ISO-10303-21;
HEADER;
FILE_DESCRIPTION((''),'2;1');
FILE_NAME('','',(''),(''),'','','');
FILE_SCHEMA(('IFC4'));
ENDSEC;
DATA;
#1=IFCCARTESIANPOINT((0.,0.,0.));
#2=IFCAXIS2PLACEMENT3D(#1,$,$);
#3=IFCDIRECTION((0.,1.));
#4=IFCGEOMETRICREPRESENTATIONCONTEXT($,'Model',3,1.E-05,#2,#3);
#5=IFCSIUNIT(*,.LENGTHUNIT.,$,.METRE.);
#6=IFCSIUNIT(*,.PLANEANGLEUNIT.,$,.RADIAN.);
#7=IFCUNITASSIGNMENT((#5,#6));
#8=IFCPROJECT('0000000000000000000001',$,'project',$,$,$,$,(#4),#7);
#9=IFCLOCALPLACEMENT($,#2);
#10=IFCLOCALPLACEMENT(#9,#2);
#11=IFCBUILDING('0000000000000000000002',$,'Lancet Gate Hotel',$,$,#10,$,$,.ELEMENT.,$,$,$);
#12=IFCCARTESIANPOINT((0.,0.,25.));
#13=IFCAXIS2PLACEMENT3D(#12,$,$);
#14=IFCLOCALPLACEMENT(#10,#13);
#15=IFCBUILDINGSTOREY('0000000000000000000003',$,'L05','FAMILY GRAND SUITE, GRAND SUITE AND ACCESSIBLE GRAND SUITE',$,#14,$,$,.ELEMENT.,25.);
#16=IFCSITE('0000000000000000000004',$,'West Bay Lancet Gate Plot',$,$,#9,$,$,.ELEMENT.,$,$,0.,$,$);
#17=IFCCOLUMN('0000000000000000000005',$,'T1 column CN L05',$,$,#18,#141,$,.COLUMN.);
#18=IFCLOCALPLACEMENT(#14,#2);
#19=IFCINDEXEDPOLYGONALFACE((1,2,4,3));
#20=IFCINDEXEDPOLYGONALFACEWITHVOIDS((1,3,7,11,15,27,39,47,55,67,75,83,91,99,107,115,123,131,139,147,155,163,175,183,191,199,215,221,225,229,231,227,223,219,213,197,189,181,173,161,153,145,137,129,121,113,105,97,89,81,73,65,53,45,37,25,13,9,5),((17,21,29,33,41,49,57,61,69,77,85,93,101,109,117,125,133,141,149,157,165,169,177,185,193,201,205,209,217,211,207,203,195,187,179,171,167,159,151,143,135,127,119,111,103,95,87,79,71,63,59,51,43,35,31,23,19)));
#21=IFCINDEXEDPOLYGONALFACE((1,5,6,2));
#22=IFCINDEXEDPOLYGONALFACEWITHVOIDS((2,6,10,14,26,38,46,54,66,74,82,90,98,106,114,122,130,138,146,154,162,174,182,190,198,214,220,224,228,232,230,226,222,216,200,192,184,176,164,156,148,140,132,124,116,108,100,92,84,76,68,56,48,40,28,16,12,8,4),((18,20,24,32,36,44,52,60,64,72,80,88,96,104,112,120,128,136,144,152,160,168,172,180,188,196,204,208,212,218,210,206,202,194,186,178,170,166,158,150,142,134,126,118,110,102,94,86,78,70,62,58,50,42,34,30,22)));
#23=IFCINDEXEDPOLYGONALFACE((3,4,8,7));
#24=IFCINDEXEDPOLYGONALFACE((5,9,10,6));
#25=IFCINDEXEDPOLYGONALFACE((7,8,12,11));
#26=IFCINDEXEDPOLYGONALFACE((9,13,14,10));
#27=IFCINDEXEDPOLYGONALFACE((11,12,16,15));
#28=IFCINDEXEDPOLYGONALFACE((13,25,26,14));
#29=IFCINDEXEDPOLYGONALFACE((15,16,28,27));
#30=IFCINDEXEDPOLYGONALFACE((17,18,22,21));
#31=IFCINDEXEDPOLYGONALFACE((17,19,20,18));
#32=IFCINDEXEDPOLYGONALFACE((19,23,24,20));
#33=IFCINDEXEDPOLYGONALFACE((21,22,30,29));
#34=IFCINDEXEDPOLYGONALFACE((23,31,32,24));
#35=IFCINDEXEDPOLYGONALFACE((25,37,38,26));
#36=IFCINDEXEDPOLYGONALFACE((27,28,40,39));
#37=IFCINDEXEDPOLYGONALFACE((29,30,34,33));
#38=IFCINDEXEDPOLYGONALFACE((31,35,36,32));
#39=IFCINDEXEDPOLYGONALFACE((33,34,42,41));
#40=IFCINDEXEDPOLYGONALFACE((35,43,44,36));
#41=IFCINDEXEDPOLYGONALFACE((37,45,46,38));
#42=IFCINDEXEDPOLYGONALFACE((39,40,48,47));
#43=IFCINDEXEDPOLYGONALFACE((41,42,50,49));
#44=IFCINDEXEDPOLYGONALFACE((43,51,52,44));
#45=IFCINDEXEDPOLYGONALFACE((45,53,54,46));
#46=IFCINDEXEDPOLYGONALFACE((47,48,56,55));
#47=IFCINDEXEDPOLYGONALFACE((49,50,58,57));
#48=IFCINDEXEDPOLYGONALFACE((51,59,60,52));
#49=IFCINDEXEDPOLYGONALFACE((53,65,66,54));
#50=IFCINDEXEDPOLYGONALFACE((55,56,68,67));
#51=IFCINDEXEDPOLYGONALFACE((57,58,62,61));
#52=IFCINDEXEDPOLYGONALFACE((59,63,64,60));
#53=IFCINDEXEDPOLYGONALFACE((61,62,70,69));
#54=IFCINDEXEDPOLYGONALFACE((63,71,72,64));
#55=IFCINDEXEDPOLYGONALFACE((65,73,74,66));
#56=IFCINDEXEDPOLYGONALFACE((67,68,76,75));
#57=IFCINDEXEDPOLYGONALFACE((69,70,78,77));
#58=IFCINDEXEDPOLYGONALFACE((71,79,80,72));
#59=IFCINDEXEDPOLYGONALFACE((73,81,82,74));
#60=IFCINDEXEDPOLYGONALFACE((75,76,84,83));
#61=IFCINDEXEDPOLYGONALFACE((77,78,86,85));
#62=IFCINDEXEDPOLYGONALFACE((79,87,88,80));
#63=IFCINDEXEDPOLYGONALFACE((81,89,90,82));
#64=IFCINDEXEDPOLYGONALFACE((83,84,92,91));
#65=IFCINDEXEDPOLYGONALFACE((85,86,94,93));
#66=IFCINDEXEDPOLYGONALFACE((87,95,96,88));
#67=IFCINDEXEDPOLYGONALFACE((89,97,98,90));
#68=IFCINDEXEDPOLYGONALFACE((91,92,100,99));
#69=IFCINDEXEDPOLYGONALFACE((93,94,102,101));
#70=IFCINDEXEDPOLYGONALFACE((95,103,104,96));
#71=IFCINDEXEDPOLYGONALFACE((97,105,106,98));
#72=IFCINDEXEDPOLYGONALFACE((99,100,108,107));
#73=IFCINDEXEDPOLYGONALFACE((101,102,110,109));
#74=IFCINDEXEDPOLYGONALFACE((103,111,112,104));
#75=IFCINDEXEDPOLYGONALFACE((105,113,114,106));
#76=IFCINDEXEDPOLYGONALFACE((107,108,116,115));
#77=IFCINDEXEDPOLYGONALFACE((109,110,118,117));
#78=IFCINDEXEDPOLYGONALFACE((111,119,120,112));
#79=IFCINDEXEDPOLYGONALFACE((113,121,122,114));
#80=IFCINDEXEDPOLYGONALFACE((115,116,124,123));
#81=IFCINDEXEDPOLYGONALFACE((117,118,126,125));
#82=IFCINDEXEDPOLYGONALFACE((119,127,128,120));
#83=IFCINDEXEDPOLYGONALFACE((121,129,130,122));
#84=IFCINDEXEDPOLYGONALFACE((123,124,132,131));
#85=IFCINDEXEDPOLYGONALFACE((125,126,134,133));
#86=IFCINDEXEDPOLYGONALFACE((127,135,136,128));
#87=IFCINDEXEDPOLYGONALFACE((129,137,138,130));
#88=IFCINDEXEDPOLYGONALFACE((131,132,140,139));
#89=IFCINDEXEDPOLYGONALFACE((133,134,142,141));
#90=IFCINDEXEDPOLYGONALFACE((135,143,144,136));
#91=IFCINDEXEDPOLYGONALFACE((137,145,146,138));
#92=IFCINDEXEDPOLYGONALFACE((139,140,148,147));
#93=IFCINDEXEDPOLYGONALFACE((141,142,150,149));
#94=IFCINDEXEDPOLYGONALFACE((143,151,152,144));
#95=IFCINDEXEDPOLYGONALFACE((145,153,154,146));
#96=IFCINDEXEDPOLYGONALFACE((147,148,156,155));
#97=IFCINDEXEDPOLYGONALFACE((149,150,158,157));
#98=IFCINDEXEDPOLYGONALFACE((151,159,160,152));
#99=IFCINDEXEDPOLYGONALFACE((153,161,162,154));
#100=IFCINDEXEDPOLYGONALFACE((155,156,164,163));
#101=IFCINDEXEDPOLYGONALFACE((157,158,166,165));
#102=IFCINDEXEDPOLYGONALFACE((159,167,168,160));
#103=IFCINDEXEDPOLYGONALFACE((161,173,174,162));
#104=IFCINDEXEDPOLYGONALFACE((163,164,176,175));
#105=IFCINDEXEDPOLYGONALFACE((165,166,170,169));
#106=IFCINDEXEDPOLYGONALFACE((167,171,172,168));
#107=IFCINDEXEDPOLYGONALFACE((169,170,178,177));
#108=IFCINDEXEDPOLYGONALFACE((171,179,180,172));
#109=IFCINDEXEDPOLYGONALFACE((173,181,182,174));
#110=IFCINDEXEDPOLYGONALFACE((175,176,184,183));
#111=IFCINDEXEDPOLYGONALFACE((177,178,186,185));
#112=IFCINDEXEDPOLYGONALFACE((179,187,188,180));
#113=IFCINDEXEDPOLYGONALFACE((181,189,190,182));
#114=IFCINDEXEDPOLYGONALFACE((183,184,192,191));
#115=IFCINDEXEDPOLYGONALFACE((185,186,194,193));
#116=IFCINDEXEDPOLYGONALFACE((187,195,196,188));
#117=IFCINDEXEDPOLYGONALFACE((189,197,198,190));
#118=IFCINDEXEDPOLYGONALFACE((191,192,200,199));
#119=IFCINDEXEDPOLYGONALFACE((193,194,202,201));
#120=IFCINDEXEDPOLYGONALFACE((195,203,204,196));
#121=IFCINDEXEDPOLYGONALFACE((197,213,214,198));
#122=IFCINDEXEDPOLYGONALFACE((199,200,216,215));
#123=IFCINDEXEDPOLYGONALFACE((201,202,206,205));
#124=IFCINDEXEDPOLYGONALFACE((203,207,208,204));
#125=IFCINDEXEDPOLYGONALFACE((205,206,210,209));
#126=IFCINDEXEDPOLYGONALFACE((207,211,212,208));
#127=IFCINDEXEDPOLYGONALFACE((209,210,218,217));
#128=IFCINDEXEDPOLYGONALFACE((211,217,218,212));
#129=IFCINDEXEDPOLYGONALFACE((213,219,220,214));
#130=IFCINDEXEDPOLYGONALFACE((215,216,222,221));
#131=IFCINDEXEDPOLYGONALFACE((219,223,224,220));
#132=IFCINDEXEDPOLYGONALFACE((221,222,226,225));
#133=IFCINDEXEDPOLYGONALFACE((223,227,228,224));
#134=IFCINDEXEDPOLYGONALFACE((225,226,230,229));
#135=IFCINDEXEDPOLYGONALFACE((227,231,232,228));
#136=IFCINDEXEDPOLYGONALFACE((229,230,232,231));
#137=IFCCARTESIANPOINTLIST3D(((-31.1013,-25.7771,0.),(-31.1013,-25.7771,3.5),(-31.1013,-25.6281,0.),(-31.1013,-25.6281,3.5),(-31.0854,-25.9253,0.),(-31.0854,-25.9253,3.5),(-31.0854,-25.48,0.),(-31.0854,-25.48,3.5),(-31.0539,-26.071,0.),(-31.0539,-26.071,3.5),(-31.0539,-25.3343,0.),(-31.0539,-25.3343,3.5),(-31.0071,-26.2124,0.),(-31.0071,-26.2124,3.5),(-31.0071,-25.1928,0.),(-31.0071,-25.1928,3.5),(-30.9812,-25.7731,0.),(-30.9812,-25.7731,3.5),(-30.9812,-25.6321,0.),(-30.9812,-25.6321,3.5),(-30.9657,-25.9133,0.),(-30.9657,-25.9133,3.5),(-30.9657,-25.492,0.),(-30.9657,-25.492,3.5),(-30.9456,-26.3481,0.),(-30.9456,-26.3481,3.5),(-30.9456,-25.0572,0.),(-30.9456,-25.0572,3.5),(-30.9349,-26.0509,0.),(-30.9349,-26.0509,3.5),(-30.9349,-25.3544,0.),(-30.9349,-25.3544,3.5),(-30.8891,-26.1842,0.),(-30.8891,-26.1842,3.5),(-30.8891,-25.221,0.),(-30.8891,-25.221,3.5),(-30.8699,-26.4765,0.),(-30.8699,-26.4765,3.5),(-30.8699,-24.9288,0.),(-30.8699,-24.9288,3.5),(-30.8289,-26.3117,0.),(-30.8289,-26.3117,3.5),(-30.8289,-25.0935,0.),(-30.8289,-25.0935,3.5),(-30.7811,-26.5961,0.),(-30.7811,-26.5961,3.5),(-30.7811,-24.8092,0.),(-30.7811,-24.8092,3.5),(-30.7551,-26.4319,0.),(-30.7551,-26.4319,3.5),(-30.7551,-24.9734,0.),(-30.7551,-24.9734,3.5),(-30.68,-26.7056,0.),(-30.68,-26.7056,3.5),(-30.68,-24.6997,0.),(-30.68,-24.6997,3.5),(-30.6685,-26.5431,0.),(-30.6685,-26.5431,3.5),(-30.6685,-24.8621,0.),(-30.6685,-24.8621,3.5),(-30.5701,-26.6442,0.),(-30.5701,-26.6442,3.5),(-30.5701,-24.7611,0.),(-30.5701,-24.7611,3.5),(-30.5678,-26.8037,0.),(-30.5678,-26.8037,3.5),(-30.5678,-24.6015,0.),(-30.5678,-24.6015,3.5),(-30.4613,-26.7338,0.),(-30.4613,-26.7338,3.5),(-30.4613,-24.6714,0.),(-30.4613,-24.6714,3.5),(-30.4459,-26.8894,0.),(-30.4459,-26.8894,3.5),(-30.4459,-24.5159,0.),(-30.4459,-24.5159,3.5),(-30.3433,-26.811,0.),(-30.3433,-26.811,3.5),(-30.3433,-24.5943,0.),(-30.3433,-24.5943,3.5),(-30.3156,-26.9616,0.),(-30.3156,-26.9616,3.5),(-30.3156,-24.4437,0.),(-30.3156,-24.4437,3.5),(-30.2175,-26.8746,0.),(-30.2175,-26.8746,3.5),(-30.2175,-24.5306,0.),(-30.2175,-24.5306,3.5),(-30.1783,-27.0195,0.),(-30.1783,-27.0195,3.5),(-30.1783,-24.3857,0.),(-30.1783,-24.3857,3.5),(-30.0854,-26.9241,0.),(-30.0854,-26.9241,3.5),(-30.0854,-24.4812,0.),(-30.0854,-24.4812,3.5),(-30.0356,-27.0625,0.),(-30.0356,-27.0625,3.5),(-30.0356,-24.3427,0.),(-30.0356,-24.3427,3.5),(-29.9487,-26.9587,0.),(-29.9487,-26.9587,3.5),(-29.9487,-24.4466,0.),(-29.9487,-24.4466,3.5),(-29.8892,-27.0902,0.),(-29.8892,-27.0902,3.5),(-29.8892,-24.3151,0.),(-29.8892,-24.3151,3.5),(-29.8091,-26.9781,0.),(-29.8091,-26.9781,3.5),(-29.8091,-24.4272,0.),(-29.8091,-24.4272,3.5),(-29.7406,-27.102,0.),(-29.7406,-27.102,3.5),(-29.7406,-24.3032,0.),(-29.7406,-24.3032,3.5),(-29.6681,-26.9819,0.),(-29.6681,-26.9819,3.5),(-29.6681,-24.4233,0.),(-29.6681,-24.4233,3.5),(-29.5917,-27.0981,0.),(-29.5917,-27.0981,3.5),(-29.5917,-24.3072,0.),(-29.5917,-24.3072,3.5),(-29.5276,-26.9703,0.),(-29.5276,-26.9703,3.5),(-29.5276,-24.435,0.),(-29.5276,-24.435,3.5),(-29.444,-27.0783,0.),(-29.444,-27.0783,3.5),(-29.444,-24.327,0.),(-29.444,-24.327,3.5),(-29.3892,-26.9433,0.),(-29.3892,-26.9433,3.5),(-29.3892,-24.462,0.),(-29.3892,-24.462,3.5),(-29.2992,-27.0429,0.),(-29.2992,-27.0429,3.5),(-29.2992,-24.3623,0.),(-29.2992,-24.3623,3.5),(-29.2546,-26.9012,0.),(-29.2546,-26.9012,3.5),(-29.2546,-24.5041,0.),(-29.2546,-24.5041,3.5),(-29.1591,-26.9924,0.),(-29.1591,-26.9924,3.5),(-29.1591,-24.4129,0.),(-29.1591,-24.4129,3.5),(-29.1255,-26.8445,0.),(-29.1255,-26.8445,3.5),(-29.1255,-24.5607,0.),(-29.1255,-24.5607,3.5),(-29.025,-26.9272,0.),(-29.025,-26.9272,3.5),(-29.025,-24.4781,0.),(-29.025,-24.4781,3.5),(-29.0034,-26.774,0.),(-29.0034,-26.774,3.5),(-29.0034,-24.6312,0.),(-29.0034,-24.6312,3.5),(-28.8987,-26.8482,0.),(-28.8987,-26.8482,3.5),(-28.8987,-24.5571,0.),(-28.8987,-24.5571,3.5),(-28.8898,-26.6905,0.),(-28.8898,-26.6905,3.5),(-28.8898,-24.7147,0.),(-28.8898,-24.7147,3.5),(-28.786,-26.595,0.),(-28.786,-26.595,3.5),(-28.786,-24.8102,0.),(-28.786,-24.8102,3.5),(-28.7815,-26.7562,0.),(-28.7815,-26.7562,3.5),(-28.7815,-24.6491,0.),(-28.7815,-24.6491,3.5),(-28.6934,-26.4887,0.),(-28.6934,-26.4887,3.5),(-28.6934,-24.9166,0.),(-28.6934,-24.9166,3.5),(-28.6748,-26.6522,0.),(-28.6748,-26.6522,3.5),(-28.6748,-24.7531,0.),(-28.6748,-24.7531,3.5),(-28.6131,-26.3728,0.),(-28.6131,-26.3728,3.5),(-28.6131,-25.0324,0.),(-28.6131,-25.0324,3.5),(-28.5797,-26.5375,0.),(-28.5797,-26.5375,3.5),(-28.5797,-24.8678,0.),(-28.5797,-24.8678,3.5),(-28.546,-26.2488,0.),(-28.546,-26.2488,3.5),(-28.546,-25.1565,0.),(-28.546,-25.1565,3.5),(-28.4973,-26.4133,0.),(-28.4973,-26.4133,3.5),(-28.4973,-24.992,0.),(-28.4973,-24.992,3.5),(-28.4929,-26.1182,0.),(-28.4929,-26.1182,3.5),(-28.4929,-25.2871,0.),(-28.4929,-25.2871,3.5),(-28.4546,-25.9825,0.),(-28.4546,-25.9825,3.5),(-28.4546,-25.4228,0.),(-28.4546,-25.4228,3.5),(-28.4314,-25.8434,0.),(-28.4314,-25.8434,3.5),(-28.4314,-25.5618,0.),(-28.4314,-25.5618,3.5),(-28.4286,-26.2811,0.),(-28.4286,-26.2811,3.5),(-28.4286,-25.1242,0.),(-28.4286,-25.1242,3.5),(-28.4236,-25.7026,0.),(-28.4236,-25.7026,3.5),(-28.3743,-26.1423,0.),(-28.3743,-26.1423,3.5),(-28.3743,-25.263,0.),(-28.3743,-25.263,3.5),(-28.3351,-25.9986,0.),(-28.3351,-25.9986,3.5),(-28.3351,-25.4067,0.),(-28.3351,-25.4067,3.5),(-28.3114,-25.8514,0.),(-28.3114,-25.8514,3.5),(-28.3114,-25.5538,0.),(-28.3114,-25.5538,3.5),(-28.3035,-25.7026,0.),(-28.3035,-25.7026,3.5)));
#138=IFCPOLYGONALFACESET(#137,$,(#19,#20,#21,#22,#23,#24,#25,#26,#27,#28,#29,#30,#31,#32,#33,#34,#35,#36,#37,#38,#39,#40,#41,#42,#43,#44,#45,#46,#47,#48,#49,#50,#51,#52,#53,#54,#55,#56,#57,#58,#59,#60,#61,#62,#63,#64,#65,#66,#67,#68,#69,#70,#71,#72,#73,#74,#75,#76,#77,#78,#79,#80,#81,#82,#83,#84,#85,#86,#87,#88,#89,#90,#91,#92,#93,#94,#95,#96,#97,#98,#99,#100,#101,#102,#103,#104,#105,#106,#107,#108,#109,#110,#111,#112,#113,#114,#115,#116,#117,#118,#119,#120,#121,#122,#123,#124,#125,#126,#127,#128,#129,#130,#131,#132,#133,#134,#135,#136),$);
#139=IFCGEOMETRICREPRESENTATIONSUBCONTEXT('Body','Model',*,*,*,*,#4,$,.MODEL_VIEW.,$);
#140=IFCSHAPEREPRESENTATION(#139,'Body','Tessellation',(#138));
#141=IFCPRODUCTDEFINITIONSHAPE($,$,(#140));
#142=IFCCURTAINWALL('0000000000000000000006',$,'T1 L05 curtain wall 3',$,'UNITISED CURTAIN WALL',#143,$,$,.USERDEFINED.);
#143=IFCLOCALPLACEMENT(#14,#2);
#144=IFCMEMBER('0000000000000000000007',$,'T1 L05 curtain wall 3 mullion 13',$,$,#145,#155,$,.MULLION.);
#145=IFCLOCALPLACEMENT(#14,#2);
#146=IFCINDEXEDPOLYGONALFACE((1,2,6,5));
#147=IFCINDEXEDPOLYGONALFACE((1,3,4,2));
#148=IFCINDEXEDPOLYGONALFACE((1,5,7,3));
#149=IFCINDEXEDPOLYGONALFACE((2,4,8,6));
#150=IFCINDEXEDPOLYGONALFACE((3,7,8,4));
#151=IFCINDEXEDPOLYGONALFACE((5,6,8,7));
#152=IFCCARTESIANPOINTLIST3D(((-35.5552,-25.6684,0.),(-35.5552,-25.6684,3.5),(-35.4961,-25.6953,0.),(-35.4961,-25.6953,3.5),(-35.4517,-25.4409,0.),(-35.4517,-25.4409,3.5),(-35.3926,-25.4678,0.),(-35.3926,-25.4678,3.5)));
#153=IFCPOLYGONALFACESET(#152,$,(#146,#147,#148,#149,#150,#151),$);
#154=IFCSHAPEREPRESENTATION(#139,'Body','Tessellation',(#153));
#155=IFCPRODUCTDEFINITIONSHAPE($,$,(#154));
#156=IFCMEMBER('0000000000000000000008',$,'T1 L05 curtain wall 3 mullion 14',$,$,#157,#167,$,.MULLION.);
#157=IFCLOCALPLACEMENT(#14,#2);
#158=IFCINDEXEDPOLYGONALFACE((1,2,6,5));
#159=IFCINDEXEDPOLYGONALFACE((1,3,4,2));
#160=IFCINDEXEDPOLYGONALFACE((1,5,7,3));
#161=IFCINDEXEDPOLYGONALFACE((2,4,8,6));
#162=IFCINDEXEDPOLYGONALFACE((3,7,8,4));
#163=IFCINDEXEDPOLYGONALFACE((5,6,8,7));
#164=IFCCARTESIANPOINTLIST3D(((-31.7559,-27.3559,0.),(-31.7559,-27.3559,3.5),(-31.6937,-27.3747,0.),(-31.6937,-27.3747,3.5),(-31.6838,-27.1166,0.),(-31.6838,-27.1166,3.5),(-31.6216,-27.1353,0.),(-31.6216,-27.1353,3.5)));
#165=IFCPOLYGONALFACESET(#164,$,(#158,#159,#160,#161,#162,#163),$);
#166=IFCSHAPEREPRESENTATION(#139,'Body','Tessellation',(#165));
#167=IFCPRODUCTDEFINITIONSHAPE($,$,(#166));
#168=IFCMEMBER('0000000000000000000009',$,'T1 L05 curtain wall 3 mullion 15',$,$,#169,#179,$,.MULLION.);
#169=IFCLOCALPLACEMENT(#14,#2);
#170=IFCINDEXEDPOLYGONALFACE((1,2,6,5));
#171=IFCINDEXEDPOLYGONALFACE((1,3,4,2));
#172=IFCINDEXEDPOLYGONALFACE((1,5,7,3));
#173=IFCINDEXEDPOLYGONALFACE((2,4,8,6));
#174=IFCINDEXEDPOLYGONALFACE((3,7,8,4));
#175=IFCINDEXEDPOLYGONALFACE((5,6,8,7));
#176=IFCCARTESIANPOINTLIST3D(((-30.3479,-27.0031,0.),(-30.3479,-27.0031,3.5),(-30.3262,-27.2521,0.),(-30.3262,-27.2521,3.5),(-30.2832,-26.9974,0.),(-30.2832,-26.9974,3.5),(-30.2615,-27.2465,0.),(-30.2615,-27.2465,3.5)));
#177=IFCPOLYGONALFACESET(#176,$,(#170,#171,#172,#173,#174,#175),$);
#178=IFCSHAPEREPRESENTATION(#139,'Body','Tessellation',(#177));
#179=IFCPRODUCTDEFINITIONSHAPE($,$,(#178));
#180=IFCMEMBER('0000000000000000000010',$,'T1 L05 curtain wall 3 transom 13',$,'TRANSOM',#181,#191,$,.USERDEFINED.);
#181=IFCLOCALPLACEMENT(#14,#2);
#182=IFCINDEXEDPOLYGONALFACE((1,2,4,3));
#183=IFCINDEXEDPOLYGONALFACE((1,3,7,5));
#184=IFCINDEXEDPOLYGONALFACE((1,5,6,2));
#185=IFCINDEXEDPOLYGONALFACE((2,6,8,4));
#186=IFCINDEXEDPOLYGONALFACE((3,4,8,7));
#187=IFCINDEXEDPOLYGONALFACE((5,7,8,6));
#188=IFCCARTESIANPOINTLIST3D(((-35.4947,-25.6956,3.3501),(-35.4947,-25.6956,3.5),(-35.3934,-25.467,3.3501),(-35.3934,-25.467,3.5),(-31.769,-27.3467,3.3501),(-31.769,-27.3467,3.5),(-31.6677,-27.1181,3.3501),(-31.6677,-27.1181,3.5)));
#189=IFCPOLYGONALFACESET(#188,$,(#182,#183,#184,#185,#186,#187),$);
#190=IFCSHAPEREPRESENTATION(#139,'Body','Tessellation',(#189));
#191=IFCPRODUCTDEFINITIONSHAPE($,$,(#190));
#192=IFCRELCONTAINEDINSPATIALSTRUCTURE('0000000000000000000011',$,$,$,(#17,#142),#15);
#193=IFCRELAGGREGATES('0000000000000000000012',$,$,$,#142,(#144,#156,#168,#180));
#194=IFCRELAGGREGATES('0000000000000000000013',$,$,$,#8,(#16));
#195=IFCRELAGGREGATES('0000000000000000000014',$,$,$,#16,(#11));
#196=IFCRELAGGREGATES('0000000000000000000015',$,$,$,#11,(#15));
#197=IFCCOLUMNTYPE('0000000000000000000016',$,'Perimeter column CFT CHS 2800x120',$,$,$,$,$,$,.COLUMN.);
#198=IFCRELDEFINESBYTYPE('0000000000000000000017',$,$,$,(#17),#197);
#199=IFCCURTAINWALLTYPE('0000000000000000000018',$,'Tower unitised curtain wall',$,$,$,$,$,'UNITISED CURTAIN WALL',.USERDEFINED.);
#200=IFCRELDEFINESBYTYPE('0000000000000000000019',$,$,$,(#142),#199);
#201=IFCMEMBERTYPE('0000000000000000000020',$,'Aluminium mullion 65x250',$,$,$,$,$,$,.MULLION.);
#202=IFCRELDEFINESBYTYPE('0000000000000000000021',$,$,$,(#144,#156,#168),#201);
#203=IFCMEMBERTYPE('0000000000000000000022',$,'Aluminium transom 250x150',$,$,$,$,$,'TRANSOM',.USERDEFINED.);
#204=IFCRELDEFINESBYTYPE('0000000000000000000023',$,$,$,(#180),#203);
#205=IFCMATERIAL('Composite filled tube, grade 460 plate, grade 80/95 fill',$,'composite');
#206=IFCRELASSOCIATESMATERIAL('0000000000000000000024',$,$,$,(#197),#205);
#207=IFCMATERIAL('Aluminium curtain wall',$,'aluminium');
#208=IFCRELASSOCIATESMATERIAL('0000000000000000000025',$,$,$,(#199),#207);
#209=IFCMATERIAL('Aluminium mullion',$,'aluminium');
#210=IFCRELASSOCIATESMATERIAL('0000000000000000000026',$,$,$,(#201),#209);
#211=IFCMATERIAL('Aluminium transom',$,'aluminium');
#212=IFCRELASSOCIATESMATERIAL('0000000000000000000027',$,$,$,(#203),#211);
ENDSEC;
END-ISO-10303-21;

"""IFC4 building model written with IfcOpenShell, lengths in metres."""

from ifc_helpers import new_model, si_unit, direction, frame, origin, origin_2d, place, context, subcontext, project, spatial, rectangle, hollow_circle, extrude, material, material_profile, profile_set, type_object, element, aggregate, save


model = new_model("IFC4")

# Units and contexts
model_context = context("Model", 3, precision=1e-05, world=origin(), true_north=direction((0.0, 1.0)))
body_context = subcontext(model_context, "Body", "Model", "MODEL_VIEW")
ifc_project = project(units=[si_unit("LENGTHUNIT", "METRE"), si_unit("PLANEANGLEUNIT", "RADIAN")], contexts=[model_context])

# Site, building, storey
site_placement = place(None, origin())
site = spatial("IfcSite", under=ifc_project, at=site_placement, Name="West Bay Lancet Gate Plot", CompositionType="ELEMENT", RefElevation=0.0)
building_placement = place(site_placement, origin())
building = spatial("IfcBuilding", under=site, at=building_placement, Name="Lancet Gate Hotel", CompositionType="ELEMENT")
storey_placement = place(building_placement, frame((0.0, 0.0, 25.0)))
storey = spatial("IfcBuildingStorey", under=building, at=storey_placement, Name="L05", Description="FAMILY GRAND SUITE, GRAND SUITE AND ACCESSIBLE GRAND SUITE", CompositionType="ELEMENT", Elevation=25.0)

# Column
ifc_material_1 = material(Name="Composite filled tube, grade 460 plate, grade 80/95 fill", Category="composite")
ifc_material_profile_1 = material_profile(ifc_material_1, hollow_circle(Radius=1.3999, WallThickness=0.1201, at=origin_2d()), Name="CHS 2800x120")
ifc_profile_set_1 = profile_set([ifc_material_profile_1], Name="Composite filled tube, grade 460 plate, grade 80/95 fill")
column_type = type_object("IfcColumnType", Name="Perimeter column CFT CHS 2800x120", PredefinedType="COLUMN", material=ifc_profile_set_1)
column_placement = place(storey_placement, frame((-29.7034, -25.7026, 0.0), z_axis=(0.0, 0.0, 1.0), x_axis=(1.0, 0.0, 0.0)))
element("IfcColumn", 1, at=column_placement, inside=storey, type_object=column_type, Name="T1 column CN L05", PredefinedType="COLUMN", context=body_context, shape_type="SweptSolid", body=[
    extrude(hollow_circle(Radius=1.3999, WallThickness=0.1201, at=origin_2d()), origin(), (0.0, 0.0, 1.0), 3.5),
])

# Curtain wall, members
ifc_material_2 = material(Name="Aluminium curtain wall", Category="aluminium")
curtain_wall_type = type_object("IfcCurtainWallType", Name="Tower unitised curtain wall", ElementType="UNITISED CURTAIN WALL", PredefinedType="USERDEFINED", material=ifc_material_2)
curtain_wall_placement = place(storey_placement, origin())
curtain_wall = element("IfcCurtainWall", 2, at=curtain_wall_placement, inside=storey, type_object=curtain_wall_type, Name="T1 L05 curtain wall 3", ObjectType="UNITISED CURTAIN WALL", PredefinedType="USERDEFINED")
ifc_material_3 = material(Name="Aluminium mullion", Category="aluminium")
ifc_material_profile_2 = material_profile(ifc_material_3, rectangle(XDim=0.0649, YDim=0.25, at=origin_2d()), Name="MULLION 65x250")
ifc_profile_set_2 = profile_set([ifc_material_profile_2], Name="Aluminium mullion")
member_type_1 = type_object("IfcMemberType", Name="Aluminium mullion 65x250", PredefinedType="MULLION", material=ifc_profile_set_2)
member_1_placement = place(storey_placement, frame((-35.4739, -25.5681, 0.0), z_axis=(0.0, 0.0, 1.0), x_axis=(0.91022, -0.414126, 0.0)))
member_1 = element("IfcMember", 3, at=member_1_placement, type_object=member_type_1, Name="T1 L05 curtain wall 3 mullion 13", PredefinedType="MULLION", context=body_context, shape_type="SweptSolid", body=[
    extrude(rectangle(XDim=0.0649, YDim=0.25, at=origin_2d()), origin(), (0.0, 0.0, 1.0), 3.5),
])
member_2_placement = place(storey_placement, frame((-31.6887, -27.2456, 0.0), z_axis=(0.0, 0.0, 1.0), x_axis=(0.957524, -0.288352, 0.0)))
member_2 = element("IfcMember", 4, at=member_2_placement, type_object=member_type_1, Name="T1 L05 curtain wall 3 mullion 14", PredefinedType="MULLION", context=body_context, shape_type="SweptSolid", body=[
    extrude(rectangle(XDim=0.0649, YDim=0.25, at=origin_2d()), origin(), (0.0, 0.0, 1.0), 3.5),
])
member_3_placement = place(storey_placement, frame((-30.3047, -27.1248, 0.0), z_axis=(0.0, 0.0, 1.0), x_axis=(0.996204, 0.087052, 0.0)))
member_3 = element("IfcMember", 5, at=member_3_placement, type_object=member_type_1, Name="T1 L05 curtain wall 3 mullion 15", PredefinedType="MULLION", context=body_context, shape_type="SweptSolid", body=[
    extrude(rectangle(XDim=0.0649, YDim=0.25, at=origin_2d()), origin(), (0.0, 0.0, 1.0), 3.5),
])
ifc_material_4 = material(Name="Aluminium transom", Category="aluminium")
ifc_material_profile_3 = material_profile(ifc_material_4, rectangle(XDim=0.25, YDim=0.1499, at=origin_2d()), Name="TRANSOM 250x150")
ifc_profile_set_3 = profile_set([ifc_material_profile_3], Name="Aluminium transom")
member_type_2 = type_object("IfcMemberType", Name="Aluminium transom 250x150", ElementType="TRANSOM", PredefinedType="USERDEFINED", material=ifc_profile_set_3)
member_4_placement = place(storey_placement, frame((-35.4441, -25.5813, 3.425), z_axis=(0.914248, -0.405154, 0.0), x_axis=(0.405154, 0.914248, 0.0)))
member_4 = element("IfcMember", 6, at=member_4_placement, type_object=member_type_2, Name="T1 L05 curtain wall 3 transom 13", ObjectType="TRANSOM", PredefinedType="USERDEFINED", context=body_context, shape_type="SweptSolid", body=[
    extrude(rectangle(XDim=0.25, YDim=0.1499, at=origin_2d()), origin(), (0.0, 0.0, 1.0), 4.0752),
])

aggregate(curtain_wall, [member_1, member_2, member_3, member_4])

save(model, "model.ifc")
